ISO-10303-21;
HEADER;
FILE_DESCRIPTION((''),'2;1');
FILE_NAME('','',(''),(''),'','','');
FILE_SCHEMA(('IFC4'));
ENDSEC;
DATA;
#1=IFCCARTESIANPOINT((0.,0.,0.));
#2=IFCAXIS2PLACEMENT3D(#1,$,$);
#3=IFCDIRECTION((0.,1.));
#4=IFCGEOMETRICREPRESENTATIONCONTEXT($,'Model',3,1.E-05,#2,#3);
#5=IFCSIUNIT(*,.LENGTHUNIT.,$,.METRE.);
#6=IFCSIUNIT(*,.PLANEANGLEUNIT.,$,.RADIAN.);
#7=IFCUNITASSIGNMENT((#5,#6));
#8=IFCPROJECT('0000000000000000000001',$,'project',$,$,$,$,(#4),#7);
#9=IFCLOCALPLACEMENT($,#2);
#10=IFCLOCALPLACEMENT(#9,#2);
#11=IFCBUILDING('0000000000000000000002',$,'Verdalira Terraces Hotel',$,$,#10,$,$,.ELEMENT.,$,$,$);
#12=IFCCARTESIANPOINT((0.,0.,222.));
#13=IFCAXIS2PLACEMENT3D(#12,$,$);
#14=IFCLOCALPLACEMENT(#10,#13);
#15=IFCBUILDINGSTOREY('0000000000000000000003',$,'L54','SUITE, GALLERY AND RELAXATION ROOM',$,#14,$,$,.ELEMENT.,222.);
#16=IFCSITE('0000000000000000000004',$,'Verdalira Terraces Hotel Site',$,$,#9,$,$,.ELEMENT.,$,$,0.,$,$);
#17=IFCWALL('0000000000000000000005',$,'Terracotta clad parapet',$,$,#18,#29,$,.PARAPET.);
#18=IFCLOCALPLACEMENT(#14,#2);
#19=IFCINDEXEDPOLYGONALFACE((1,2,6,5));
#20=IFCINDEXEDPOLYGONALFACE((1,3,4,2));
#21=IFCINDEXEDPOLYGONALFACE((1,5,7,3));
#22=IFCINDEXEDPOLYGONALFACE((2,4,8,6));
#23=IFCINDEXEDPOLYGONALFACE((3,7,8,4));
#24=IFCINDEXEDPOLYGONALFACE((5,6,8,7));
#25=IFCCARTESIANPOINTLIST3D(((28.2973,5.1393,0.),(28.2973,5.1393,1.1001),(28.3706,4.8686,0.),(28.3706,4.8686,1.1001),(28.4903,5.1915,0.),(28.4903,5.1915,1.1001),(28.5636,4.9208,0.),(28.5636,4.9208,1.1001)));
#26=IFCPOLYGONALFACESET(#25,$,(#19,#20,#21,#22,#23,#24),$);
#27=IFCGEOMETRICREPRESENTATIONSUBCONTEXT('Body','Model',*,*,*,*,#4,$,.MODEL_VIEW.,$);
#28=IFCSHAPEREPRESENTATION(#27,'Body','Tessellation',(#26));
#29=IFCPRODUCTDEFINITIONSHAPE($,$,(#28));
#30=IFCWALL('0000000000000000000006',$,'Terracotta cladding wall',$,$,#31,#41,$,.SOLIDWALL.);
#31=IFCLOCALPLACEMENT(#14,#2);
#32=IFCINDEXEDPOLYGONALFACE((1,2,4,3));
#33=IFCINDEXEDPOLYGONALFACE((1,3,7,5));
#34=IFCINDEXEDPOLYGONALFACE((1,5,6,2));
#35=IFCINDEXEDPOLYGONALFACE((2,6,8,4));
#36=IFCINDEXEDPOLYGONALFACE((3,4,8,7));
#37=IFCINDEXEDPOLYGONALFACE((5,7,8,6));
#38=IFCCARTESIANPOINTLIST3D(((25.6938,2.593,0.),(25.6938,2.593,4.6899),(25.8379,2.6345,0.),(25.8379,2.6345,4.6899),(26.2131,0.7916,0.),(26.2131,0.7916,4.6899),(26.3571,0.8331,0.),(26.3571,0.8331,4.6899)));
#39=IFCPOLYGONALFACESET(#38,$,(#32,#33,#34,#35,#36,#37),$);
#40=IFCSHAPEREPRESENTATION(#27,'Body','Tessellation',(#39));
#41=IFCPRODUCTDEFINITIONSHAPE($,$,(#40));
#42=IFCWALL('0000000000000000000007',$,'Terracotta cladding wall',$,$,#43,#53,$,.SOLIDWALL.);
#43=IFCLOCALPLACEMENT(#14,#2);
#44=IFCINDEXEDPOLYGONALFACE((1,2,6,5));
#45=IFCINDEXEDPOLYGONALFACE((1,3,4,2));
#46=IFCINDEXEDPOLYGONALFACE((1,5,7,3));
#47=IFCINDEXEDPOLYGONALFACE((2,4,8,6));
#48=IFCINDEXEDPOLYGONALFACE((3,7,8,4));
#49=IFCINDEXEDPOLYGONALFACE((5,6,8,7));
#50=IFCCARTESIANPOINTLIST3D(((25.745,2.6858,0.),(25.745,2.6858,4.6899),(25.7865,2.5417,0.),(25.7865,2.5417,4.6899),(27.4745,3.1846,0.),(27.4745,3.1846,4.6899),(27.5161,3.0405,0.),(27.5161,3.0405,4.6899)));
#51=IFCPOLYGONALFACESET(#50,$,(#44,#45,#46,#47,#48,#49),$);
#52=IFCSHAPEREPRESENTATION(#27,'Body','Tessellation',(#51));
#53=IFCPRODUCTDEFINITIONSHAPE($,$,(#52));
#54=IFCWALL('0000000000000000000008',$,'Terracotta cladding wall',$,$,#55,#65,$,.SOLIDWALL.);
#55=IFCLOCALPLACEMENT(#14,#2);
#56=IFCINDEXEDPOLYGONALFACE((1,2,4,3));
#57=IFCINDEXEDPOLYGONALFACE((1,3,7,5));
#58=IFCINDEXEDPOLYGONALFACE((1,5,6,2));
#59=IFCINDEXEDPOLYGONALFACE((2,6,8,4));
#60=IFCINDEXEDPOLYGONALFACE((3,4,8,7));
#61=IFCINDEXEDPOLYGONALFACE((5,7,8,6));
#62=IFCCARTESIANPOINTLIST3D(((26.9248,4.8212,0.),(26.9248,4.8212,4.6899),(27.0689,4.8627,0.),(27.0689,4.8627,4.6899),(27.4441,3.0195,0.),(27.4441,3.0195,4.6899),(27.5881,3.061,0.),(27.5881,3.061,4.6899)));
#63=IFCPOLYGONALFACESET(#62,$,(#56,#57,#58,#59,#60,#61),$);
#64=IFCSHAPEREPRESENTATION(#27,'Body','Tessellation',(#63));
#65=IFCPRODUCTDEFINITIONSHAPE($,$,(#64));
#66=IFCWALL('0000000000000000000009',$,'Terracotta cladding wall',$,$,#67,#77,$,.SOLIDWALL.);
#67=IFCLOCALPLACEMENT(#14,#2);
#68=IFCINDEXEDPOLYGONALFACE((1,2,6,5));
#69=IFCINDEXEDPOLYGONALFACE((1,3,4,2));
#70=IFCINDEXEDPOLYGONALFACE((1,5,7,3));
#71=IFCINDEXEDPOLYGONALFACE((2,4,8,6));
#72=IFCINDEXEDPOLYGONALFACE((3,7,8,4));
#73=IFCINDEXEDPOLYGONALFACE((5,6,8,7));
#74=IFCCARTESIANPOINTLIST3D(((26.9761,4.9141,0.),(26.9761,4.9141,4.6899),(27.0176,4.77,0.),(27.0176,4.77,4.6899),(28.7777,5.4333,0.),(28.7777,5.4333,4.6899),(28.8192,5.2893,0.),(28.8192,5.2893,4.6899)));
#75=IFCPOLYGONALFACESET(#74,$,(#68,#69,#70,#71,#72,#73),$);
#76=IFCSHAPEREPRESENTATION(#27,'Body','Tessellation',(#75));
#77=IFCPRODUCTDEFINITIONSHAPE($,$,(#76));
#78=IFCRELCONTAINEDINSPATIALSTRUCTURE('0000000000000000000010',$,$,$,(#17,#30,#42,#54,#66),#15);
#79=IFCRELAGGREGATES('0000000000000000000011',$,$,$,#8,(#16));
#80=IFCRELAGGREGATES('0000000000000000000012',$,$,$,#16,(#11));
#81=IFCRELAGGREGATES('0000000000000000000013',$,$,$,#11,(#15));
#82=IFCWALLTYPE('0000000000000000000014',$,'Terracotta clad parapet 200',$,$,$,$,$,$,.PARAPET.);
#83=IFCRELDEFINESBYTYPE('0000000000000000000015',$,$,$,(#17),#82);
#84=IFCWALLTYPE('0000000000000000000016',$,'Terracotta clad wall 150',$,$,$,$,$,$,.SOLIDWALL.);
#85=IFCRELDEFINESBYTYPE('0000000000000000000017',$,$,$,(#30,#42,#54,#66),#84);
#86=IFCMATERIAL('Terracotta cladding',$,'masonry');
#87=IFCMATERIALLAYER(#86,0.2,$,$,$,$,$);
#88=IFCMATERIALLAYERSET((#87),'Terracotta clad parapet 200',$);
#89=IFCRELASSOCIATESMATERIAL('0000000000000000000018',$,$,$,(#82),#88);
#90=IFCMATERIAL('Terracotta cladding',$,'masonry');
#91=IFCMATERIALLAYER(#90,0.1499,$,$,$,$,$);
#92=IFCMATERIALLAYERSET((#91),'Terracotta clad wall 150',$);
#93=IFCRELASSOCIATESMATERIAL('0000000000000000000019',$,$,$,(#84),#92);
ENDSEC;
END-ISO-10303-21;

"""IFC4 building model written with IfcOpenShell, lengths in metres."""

from ifc_helpers import new_model, si_unit, direction, frame, frame_2d, origin, place, context, subcontext, project, spatial, rectangle, extrude, material, layer, layer_set, type_object, element, save


model = new_model("IFC4")

# Units and contexts
model_context = context("Model", 3, precision=1e-05, world=origin(), true_north=direction((0.0, 1.0)))
body_context = subcontext(model_context, "Body", "Model", "MODEL_VIEW")
ifc_project = project(units=[si_unit("LENGTHUNIT", "METRE"), si_unit("PLANEANGLEUNIT", "RADIAN")], contexts=[model_context])

# Site, building, storey
site_placement = place(None, origin())
site = spatial("IfcSite", under=ifc_project, at=site_placement, Name="Verdalira Terraces Hotel Site", CompositionType="ELEMENT", RefElevation=0.0)
building_placement = place(site_placement, origin())
building = spatial("IfcBuilding", under=site, at=building_placement, Name="Verdalira Terraces Hotel", CompositionType="ELEMENT")
storey_placement = place(building_placement, frame((0.0, 0.0, 222.0)))
storey = spatial("IfcBuildingStorey", under=building, at=storey_placement, Name="L54", Description="SUITE, GALLERY AND RELAXATION ROOM", CompositionType="ELEMENT", Elevation=222.0)

# Walls
ifc_material_1 = material(Name="Terracotta cladding", Category="masonry")
ifc_layer_1 = layer(ifc_material_1, 0.2)
ifc_layer_set_1 = layer_set([ifc_layer_1], Name="Terracotta clad parapet 200")
wall_type_1 = type_object("IfcWallType", Name="Terracotta clad parapet 200", PredefinedType="PARAPET", material=ifc_layer_set_1)
wall_1_placement = place(storey_placement, frame((28.467, 4.8948, 0.0), z_axis=(0.0, 0.0, 1.0), x_axis=(-0.261128, 0.965304, 0.0)))
element("IfcWall", 1, at=wall_1_placement, inside=storey, type_object=wall_type_1, Name="Terracotta clad parapet", PredefinedType="PARAPET", context=body_context, shape_type="SweptSolid", body=[
    extrude(rectangle(XDim=0.2805, YDim=0.2, at=frame_2d((0.1401, 0.0))), origin(), (0.0, 0.0, 1.0), 1.1001),
])
ifc_material_2 = material(Name="Terracotta cladding", Category="masonry")
ifc_layer_2 = layer(ifc_material_2, 0.1499)
ifc_layer_set_2 = layer_set([ifc_layer_2], Name="Terracotta clad wall 150")
wall_type_2 = type_object("IfcWallType", Name="Terracotta clad wall 150", PredefinedType="SOLIDWALL", material=ifc_layer_set_2)
wall_2_placement = place(storey_placement, frame((26.2852, 0.8123, 0.0), z_axis=(0.0, 0.0, 1.0), x_axis=(-0.276973, 0.960878, 0.0)))
element("IfcWall", 2, at=wall_2_placement, inside=storey, type_object=wall_type_2, Name="Terracotta cladding wall", PredefinedType="SOLIDWALL", context=body_context, shape_type="SweptSolid", body=[
    extrude(rectangle(XDim=1.8748, YDim=0.1499, at=frame_2d((0.9375, 0.0))), origin(), (0.0, 0.0, 1.0), 4.6899),
])
wall_3_placement = place(storey_placement, frame((25.7659, 2.6138, 0.0), z_axis=(0.0, 0.0, 1.0), x_axis=(0.96084, 0.277103, 0.0)))
element("IfcWall", 3, at=wall_3_placement, inside=storey, type_object=wall_type_2, Name="Terracotta cladding wall", PredefinedType="SOLIDWALL", context=body_context, shape_type="SweptSolid", body=[
    extrude(rectangle(XDim=1.8, YDim=0.1499, at=frame_2d((0.8999, 0.0))), origin(), (0.0, 0.0, 1.0), 4.6899),
])
for number, where, z_axis, x_axis, name in (
    (4, (27.5161, 3.0403, 0.0), (0.0, 0.0, 1.0), (-0.276939, 0.960888, 0.0), "Terracotta cladding wall"),
    (5, (26.9968, 4.842, 0.0), (0.0, 0.0, 1.0), (0.960888, 0.276939, 0.0), "Terracotta cladding wall"),
):
    element("IfcWall", number, at=place(storey_placement, frame(where, z_axis=z_axis, x_axis=x_axis)), inside=storey, type_object=wall_type_2, Name=name, PredefinedType="SOLIDWALL", context=body_context, shape_type="SweptSolid", body=[
        extrude(rectangle(XDim=1.875, YDim=0.1499, at=frame_2d((0.9375, 0.0))), origin(), (0.0, 0.0, 1.0), 4.6899),
    ])

save(model, "model.ifc")
